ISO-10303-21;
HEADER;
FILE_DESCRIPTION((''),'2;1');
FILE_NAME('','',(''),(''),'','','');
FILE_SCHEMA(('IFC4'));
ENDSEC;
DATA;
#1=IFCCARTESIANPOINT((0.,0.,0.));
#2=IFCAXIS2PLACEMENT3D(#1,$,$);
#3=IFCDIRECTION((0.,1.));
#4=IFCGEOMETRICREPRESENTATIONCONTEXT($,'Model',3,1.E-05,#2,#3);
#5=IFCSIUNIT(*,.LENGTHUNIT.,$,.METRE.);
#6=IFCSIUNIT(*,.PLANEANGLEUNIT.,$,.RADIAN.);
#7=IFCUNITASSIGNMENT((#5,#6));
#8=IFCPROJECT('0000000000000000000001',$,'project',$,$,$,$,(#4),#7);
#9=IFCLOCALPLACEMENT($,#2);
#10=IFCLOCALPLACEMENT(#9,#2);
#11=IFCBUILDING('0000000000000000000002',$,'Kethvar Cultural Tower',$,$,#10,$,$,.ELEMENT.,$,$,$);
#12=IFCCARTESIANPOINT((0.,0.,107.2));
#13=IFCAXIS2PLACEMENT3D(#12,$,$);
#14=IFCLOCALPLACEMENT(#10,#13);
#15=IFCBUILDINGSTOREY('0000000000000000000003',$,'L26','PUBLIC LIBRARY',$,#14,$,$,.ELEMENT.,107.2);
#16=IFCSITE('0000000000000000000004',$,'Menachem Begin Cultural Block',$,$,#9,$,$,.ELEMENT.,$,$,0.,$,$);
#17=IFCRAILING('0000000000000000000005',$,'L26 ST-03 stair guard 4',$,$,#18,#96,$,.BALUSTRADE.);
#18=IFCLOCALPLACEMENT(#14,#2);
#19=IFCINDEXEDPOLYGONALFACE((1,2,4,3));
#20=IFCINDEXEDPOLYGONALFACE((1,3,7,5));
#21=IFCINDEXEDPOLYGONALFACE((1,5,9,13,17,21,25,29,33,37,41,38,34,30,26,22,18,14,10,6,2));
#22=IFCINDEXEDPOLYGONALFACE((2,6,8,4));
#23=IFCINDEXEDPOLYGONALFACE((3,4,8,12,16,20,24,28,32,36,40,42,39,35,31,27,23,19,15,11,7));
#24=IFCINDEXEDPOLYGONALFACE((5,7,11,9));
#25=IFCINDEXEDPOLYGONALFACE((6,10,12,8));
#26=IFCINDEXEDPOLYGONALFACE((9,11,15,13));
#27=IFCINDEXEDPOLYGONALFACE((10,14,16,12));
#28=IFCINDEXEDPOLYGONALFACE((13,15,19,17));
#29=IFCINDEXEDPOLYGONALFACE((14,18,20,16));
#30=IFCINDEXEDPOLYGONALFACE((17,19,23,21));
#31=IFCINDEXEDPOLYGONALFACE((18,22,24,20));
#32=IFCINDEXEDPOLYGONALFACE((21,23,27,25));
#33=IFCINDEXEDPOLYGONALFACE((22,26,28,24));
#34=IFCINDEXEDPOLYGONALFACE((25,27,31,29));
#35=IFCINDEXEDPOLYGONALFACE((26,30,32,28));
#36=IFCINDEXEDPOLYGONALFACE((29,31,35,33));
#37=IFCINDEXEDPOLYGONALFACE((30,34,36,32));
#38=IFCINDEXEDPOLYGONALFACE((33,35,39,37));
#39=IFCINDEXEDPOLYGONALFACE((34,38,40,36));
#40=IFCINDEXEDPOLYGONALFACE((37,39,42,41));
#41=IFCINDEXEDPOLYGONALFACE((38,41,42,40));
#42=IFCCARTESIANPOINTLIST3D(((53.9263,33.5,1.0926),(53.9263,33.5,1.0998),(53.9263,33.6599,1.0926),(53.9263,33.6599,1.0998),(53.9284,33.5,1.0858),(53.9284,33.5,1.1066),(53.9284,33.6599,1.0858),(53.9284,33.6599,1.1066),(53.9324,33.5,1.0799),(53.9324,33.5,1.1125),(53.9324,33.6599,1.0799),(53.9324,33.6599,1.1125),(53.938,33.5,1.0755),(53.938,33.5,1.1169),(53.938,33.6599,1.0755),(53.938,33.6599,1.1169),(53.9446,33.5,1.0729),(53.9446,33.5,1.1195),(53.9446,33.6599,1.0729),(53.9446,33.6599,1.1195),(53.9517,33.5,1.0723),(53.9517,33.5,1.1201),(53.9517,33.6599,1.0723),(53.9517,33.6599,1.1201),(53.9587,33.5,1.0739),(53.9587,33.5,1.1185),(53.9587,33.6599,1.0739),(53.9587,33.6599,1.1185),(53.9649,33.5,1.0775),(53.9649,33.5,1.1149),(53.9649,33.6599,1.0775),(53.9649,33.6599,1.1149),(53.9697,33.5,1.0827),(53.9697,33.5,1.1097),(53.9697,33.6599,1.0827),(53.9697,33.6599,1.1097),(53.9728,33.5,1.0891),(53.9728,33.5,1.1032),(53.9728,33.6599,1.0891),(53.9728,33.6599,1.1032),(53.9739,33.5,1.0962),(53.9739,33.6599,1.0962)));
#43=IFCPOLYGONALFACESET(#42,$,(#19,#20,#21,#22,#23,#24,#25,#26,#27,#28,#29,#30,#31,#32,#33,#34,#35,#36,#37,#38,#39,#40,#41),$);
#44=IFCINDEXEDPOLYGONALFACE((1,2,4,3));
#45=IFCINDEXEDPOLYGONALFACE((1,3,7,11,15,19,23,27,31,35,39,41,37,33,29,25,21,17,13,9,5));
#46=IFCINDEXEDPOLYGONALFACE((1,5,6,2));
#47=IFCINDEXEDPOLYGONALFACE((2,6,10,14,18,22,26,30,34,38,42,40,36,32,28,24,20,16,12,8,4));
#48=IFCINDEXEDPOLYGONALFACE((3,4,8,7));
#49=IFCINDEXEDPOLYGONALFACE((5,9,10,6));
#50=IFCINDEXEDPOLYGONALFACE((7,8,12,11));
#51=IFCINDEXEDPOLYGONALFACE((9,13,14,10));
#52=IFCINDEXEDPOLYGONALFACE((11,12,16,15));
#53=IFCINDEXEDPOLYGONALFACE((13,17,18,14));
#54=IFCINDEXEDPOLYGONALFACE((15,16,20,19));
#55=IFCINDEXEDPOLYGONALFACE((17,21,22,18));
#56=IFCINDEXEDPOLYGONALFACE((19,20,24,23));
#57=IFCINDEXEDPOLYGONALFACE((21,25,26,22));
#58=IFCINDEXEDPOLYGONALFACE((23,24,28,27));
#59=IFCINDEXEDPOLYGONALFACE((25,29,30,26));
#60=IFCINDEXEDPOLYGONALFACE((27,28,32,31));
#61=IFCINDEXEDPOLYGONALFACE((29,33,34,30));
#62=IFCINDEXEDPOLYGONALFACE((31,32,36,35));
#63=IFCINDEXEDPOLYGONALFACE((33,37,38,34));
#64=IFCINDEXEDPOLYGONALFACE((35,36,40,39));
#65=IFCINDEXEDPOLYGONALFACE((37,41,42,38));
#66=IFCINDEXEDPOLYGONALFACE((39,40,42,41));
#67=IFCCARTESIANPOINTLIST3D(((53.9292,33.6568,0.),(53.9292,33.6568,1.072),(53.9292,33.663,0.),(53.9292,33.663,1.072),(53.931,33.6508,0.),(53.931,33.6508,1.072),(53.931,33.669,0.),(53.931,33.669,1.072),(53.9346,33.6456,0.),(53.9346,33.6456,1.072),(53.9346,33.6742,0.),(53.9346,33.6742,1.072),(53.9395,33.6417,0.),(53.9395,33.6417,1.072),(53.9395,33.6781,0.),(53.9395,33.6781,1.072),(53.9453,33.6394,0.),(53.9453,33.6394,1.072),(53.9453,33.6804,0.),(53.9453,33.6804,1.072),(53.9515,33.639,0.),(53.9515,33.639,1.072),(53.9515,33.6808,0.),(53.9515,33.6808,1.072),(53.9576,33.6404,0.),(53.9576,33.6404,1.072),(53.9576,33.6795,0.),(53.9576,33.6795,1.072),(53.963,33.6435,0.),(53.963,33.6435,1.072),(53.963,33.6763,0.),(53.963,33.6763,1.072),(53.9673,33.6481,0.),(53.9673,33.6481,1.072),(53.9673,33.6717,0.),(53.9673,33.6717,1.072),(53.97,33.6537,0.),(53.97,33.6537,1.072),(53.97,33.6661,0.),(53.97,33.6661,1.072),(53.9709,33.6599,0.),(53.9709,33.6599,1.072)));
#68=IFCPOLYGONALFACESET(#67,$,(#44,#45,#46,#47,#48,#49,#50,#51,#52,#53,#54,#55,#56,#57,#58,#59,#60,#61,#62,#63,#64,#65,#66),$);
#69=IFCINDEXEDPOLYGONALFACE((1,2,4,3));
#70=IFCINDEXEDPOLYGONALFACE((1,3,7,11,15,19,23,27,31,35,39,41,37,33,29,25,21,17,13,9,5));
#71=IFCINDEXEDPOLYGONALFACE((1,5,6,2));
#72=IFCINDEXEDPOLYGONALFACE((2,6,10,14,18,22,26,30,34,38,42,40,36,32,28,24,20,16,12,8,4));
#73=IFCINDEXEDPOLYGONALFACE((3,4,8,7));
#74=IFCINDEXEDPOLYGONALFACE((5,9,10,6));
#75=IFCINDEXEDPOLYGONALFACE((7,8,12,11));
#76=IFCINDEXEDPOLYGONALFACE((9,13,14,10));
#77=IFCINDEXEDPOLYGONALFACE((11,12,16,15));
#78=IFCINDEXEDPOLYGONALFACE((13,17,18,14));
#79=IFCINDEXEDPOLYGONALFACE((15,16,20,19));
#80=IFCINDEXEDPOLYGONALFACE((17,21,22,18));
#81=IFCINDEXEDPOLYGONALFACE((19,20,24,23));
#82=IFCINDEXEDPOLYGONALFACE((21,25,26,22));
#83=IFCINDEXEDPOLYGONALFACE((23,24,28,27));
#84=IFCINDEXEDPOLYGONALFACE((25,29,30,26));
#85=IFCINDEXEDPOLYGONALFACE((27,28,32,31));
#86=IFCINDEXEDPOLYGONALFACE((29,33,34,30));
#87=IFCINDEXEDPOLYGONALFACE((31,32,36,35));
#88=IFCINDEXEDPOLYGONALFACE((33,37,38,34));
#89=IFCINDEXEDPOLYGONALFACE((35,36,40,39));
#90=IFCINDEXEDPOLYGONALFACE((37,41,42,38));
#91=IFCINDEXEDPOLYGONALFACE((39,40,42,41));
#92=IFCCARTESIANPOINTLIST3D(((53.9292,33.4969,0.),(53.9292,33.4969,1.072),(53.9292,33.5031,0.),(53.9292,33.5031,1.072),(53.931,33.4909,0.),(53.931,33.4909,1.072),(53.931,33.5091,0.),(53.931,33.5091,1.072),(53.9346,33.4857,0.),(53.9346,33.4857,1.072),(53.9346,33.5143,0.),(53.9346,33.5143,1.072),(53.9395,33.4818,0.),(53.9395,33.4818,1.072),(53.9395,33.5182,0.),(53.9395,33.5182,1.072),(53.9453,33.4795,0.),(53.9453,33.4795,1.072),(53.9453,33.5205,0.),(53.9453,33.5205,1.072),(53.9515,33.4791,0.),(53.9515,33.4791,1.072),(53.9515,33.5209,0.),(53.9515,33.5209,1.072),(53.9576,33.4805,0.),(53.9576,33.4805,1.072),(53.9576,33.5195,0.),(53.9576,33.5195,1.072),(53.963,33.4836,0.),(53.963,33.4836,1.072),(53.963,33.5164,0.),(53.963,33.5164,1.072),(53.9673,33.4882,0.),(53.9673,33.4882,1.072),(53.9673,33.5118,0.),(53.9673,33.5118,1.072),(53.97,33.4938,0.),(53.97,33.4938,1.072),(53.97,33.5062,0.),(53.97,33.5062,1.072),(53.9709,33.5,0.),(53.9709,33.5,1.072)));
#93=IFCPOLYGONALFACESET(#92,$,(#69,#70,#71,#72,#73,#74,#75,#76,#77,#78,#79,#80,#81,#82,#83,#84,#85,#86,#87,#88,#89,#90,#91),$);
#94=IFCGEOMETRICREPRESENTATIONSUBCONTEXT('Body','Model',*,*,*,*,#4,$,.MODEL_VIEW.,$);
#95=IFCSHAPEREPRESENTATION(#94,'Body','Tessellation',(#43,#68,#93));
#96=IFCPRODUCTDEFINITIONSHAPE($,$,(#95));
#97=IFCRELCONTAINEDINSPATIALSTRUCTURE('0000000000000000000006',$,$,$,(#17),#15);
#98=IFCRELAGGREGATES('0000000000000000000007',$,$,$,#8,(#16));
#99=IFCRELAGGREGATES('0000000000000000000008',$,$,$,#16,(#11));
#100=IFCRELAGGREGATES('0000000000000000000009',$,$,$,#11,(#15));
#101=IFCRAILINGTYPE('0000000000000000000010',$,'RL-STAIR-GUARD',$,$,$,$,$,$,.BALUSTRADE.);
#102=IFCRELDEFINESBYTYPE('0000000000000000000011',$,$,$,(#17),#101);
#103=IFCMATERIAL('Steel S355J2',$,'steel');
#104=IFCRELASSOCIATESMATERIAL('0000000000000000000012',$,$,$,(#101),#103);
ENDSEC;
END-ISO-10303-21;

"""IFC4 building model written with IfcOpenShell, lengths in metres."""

from ifc_helpers import new_model, si_unit, direction, frame, origin, origin_2d, place, context, subcontext, project, spatial, circle, extrude, material, type_object, element, save


model = new_model("IFC4")

# Units and contexts
model_context = context("Model", 3, precision=1e-05, world=origin(), true_north=direction((0.0, 1.0)))
body_context = subcontext(model_context, "Body", "Model", "MODEL_VIEW")
ifc_project = project(units=[si_unit("LENGTHUNIT", "METRE"), si_unit("PLANEANGLEUNIT", "RADIAN")], contexts=[model_context])

# Site, building, storey
site_placement = place(None, origin())
site = spatial("IfcSite", under=ifc_project, at=site_placement, Name="Menachem Begin Cultural Block", CompositionType="ELEMENT", RefElevation=0.0)
building_placement = place(site_placement, origin())
building = spatial("IfcBuilding", under=site, at=building_placement, Name="Kethvar Cultural Tower", CompositionType="ELEMENT")
storey_placement = place(building_placement, frame((0.0, 0.0, 107.2)))
storey = spatial("IfcBuildingStorey", under=building, at=storey_placement, Name="L26", Description="PUBLIC LIBRARY", CompositionType="ELEMENT", Elevation=107.2)

# Shared definitions
ifc_material_1 = material(Name="Steel S355J2", Category="steel")

# Railing
railing_type_1 = type_object("IfcRailingType", Name="RL-STAIR-GUARD", PredefinedType="BALUSTRADE", material=ifc_material_1)
railing_1_placement = place(storey_placement, frame((53.95, 33.6599, 0.0)))
element("IfcRailing", 1, at=railing_1_placement, inside=storey, type_object=railing_type_1, Name="L26 ST-03 stair guard 4", PredefinedType="BALUSTRADE", context=body_context, shape_type="SweptSolid", body=[
    extrude(circle(Radius=0.0239, at=origin_2d()), frame((0.0, 0.0, 1.0962), z_axis=(0.0, -1.0, 0.0), x_axis=(1.0, 0.0, 0.0)), (0.0, 0.0, 1.0), 0.1599),
    extrude(circle(Radius=0.021, at=origin_2d()), origin(), (0.0, 0.0, 1.0), 1.072),
    extrude(circle(Radius=0.021, at=origin_2d()), frame((0.0, -0.1599, 0.0)), (0.0, 0.0, 1.0), 1.072),
])

save(model, "model.ifc")
